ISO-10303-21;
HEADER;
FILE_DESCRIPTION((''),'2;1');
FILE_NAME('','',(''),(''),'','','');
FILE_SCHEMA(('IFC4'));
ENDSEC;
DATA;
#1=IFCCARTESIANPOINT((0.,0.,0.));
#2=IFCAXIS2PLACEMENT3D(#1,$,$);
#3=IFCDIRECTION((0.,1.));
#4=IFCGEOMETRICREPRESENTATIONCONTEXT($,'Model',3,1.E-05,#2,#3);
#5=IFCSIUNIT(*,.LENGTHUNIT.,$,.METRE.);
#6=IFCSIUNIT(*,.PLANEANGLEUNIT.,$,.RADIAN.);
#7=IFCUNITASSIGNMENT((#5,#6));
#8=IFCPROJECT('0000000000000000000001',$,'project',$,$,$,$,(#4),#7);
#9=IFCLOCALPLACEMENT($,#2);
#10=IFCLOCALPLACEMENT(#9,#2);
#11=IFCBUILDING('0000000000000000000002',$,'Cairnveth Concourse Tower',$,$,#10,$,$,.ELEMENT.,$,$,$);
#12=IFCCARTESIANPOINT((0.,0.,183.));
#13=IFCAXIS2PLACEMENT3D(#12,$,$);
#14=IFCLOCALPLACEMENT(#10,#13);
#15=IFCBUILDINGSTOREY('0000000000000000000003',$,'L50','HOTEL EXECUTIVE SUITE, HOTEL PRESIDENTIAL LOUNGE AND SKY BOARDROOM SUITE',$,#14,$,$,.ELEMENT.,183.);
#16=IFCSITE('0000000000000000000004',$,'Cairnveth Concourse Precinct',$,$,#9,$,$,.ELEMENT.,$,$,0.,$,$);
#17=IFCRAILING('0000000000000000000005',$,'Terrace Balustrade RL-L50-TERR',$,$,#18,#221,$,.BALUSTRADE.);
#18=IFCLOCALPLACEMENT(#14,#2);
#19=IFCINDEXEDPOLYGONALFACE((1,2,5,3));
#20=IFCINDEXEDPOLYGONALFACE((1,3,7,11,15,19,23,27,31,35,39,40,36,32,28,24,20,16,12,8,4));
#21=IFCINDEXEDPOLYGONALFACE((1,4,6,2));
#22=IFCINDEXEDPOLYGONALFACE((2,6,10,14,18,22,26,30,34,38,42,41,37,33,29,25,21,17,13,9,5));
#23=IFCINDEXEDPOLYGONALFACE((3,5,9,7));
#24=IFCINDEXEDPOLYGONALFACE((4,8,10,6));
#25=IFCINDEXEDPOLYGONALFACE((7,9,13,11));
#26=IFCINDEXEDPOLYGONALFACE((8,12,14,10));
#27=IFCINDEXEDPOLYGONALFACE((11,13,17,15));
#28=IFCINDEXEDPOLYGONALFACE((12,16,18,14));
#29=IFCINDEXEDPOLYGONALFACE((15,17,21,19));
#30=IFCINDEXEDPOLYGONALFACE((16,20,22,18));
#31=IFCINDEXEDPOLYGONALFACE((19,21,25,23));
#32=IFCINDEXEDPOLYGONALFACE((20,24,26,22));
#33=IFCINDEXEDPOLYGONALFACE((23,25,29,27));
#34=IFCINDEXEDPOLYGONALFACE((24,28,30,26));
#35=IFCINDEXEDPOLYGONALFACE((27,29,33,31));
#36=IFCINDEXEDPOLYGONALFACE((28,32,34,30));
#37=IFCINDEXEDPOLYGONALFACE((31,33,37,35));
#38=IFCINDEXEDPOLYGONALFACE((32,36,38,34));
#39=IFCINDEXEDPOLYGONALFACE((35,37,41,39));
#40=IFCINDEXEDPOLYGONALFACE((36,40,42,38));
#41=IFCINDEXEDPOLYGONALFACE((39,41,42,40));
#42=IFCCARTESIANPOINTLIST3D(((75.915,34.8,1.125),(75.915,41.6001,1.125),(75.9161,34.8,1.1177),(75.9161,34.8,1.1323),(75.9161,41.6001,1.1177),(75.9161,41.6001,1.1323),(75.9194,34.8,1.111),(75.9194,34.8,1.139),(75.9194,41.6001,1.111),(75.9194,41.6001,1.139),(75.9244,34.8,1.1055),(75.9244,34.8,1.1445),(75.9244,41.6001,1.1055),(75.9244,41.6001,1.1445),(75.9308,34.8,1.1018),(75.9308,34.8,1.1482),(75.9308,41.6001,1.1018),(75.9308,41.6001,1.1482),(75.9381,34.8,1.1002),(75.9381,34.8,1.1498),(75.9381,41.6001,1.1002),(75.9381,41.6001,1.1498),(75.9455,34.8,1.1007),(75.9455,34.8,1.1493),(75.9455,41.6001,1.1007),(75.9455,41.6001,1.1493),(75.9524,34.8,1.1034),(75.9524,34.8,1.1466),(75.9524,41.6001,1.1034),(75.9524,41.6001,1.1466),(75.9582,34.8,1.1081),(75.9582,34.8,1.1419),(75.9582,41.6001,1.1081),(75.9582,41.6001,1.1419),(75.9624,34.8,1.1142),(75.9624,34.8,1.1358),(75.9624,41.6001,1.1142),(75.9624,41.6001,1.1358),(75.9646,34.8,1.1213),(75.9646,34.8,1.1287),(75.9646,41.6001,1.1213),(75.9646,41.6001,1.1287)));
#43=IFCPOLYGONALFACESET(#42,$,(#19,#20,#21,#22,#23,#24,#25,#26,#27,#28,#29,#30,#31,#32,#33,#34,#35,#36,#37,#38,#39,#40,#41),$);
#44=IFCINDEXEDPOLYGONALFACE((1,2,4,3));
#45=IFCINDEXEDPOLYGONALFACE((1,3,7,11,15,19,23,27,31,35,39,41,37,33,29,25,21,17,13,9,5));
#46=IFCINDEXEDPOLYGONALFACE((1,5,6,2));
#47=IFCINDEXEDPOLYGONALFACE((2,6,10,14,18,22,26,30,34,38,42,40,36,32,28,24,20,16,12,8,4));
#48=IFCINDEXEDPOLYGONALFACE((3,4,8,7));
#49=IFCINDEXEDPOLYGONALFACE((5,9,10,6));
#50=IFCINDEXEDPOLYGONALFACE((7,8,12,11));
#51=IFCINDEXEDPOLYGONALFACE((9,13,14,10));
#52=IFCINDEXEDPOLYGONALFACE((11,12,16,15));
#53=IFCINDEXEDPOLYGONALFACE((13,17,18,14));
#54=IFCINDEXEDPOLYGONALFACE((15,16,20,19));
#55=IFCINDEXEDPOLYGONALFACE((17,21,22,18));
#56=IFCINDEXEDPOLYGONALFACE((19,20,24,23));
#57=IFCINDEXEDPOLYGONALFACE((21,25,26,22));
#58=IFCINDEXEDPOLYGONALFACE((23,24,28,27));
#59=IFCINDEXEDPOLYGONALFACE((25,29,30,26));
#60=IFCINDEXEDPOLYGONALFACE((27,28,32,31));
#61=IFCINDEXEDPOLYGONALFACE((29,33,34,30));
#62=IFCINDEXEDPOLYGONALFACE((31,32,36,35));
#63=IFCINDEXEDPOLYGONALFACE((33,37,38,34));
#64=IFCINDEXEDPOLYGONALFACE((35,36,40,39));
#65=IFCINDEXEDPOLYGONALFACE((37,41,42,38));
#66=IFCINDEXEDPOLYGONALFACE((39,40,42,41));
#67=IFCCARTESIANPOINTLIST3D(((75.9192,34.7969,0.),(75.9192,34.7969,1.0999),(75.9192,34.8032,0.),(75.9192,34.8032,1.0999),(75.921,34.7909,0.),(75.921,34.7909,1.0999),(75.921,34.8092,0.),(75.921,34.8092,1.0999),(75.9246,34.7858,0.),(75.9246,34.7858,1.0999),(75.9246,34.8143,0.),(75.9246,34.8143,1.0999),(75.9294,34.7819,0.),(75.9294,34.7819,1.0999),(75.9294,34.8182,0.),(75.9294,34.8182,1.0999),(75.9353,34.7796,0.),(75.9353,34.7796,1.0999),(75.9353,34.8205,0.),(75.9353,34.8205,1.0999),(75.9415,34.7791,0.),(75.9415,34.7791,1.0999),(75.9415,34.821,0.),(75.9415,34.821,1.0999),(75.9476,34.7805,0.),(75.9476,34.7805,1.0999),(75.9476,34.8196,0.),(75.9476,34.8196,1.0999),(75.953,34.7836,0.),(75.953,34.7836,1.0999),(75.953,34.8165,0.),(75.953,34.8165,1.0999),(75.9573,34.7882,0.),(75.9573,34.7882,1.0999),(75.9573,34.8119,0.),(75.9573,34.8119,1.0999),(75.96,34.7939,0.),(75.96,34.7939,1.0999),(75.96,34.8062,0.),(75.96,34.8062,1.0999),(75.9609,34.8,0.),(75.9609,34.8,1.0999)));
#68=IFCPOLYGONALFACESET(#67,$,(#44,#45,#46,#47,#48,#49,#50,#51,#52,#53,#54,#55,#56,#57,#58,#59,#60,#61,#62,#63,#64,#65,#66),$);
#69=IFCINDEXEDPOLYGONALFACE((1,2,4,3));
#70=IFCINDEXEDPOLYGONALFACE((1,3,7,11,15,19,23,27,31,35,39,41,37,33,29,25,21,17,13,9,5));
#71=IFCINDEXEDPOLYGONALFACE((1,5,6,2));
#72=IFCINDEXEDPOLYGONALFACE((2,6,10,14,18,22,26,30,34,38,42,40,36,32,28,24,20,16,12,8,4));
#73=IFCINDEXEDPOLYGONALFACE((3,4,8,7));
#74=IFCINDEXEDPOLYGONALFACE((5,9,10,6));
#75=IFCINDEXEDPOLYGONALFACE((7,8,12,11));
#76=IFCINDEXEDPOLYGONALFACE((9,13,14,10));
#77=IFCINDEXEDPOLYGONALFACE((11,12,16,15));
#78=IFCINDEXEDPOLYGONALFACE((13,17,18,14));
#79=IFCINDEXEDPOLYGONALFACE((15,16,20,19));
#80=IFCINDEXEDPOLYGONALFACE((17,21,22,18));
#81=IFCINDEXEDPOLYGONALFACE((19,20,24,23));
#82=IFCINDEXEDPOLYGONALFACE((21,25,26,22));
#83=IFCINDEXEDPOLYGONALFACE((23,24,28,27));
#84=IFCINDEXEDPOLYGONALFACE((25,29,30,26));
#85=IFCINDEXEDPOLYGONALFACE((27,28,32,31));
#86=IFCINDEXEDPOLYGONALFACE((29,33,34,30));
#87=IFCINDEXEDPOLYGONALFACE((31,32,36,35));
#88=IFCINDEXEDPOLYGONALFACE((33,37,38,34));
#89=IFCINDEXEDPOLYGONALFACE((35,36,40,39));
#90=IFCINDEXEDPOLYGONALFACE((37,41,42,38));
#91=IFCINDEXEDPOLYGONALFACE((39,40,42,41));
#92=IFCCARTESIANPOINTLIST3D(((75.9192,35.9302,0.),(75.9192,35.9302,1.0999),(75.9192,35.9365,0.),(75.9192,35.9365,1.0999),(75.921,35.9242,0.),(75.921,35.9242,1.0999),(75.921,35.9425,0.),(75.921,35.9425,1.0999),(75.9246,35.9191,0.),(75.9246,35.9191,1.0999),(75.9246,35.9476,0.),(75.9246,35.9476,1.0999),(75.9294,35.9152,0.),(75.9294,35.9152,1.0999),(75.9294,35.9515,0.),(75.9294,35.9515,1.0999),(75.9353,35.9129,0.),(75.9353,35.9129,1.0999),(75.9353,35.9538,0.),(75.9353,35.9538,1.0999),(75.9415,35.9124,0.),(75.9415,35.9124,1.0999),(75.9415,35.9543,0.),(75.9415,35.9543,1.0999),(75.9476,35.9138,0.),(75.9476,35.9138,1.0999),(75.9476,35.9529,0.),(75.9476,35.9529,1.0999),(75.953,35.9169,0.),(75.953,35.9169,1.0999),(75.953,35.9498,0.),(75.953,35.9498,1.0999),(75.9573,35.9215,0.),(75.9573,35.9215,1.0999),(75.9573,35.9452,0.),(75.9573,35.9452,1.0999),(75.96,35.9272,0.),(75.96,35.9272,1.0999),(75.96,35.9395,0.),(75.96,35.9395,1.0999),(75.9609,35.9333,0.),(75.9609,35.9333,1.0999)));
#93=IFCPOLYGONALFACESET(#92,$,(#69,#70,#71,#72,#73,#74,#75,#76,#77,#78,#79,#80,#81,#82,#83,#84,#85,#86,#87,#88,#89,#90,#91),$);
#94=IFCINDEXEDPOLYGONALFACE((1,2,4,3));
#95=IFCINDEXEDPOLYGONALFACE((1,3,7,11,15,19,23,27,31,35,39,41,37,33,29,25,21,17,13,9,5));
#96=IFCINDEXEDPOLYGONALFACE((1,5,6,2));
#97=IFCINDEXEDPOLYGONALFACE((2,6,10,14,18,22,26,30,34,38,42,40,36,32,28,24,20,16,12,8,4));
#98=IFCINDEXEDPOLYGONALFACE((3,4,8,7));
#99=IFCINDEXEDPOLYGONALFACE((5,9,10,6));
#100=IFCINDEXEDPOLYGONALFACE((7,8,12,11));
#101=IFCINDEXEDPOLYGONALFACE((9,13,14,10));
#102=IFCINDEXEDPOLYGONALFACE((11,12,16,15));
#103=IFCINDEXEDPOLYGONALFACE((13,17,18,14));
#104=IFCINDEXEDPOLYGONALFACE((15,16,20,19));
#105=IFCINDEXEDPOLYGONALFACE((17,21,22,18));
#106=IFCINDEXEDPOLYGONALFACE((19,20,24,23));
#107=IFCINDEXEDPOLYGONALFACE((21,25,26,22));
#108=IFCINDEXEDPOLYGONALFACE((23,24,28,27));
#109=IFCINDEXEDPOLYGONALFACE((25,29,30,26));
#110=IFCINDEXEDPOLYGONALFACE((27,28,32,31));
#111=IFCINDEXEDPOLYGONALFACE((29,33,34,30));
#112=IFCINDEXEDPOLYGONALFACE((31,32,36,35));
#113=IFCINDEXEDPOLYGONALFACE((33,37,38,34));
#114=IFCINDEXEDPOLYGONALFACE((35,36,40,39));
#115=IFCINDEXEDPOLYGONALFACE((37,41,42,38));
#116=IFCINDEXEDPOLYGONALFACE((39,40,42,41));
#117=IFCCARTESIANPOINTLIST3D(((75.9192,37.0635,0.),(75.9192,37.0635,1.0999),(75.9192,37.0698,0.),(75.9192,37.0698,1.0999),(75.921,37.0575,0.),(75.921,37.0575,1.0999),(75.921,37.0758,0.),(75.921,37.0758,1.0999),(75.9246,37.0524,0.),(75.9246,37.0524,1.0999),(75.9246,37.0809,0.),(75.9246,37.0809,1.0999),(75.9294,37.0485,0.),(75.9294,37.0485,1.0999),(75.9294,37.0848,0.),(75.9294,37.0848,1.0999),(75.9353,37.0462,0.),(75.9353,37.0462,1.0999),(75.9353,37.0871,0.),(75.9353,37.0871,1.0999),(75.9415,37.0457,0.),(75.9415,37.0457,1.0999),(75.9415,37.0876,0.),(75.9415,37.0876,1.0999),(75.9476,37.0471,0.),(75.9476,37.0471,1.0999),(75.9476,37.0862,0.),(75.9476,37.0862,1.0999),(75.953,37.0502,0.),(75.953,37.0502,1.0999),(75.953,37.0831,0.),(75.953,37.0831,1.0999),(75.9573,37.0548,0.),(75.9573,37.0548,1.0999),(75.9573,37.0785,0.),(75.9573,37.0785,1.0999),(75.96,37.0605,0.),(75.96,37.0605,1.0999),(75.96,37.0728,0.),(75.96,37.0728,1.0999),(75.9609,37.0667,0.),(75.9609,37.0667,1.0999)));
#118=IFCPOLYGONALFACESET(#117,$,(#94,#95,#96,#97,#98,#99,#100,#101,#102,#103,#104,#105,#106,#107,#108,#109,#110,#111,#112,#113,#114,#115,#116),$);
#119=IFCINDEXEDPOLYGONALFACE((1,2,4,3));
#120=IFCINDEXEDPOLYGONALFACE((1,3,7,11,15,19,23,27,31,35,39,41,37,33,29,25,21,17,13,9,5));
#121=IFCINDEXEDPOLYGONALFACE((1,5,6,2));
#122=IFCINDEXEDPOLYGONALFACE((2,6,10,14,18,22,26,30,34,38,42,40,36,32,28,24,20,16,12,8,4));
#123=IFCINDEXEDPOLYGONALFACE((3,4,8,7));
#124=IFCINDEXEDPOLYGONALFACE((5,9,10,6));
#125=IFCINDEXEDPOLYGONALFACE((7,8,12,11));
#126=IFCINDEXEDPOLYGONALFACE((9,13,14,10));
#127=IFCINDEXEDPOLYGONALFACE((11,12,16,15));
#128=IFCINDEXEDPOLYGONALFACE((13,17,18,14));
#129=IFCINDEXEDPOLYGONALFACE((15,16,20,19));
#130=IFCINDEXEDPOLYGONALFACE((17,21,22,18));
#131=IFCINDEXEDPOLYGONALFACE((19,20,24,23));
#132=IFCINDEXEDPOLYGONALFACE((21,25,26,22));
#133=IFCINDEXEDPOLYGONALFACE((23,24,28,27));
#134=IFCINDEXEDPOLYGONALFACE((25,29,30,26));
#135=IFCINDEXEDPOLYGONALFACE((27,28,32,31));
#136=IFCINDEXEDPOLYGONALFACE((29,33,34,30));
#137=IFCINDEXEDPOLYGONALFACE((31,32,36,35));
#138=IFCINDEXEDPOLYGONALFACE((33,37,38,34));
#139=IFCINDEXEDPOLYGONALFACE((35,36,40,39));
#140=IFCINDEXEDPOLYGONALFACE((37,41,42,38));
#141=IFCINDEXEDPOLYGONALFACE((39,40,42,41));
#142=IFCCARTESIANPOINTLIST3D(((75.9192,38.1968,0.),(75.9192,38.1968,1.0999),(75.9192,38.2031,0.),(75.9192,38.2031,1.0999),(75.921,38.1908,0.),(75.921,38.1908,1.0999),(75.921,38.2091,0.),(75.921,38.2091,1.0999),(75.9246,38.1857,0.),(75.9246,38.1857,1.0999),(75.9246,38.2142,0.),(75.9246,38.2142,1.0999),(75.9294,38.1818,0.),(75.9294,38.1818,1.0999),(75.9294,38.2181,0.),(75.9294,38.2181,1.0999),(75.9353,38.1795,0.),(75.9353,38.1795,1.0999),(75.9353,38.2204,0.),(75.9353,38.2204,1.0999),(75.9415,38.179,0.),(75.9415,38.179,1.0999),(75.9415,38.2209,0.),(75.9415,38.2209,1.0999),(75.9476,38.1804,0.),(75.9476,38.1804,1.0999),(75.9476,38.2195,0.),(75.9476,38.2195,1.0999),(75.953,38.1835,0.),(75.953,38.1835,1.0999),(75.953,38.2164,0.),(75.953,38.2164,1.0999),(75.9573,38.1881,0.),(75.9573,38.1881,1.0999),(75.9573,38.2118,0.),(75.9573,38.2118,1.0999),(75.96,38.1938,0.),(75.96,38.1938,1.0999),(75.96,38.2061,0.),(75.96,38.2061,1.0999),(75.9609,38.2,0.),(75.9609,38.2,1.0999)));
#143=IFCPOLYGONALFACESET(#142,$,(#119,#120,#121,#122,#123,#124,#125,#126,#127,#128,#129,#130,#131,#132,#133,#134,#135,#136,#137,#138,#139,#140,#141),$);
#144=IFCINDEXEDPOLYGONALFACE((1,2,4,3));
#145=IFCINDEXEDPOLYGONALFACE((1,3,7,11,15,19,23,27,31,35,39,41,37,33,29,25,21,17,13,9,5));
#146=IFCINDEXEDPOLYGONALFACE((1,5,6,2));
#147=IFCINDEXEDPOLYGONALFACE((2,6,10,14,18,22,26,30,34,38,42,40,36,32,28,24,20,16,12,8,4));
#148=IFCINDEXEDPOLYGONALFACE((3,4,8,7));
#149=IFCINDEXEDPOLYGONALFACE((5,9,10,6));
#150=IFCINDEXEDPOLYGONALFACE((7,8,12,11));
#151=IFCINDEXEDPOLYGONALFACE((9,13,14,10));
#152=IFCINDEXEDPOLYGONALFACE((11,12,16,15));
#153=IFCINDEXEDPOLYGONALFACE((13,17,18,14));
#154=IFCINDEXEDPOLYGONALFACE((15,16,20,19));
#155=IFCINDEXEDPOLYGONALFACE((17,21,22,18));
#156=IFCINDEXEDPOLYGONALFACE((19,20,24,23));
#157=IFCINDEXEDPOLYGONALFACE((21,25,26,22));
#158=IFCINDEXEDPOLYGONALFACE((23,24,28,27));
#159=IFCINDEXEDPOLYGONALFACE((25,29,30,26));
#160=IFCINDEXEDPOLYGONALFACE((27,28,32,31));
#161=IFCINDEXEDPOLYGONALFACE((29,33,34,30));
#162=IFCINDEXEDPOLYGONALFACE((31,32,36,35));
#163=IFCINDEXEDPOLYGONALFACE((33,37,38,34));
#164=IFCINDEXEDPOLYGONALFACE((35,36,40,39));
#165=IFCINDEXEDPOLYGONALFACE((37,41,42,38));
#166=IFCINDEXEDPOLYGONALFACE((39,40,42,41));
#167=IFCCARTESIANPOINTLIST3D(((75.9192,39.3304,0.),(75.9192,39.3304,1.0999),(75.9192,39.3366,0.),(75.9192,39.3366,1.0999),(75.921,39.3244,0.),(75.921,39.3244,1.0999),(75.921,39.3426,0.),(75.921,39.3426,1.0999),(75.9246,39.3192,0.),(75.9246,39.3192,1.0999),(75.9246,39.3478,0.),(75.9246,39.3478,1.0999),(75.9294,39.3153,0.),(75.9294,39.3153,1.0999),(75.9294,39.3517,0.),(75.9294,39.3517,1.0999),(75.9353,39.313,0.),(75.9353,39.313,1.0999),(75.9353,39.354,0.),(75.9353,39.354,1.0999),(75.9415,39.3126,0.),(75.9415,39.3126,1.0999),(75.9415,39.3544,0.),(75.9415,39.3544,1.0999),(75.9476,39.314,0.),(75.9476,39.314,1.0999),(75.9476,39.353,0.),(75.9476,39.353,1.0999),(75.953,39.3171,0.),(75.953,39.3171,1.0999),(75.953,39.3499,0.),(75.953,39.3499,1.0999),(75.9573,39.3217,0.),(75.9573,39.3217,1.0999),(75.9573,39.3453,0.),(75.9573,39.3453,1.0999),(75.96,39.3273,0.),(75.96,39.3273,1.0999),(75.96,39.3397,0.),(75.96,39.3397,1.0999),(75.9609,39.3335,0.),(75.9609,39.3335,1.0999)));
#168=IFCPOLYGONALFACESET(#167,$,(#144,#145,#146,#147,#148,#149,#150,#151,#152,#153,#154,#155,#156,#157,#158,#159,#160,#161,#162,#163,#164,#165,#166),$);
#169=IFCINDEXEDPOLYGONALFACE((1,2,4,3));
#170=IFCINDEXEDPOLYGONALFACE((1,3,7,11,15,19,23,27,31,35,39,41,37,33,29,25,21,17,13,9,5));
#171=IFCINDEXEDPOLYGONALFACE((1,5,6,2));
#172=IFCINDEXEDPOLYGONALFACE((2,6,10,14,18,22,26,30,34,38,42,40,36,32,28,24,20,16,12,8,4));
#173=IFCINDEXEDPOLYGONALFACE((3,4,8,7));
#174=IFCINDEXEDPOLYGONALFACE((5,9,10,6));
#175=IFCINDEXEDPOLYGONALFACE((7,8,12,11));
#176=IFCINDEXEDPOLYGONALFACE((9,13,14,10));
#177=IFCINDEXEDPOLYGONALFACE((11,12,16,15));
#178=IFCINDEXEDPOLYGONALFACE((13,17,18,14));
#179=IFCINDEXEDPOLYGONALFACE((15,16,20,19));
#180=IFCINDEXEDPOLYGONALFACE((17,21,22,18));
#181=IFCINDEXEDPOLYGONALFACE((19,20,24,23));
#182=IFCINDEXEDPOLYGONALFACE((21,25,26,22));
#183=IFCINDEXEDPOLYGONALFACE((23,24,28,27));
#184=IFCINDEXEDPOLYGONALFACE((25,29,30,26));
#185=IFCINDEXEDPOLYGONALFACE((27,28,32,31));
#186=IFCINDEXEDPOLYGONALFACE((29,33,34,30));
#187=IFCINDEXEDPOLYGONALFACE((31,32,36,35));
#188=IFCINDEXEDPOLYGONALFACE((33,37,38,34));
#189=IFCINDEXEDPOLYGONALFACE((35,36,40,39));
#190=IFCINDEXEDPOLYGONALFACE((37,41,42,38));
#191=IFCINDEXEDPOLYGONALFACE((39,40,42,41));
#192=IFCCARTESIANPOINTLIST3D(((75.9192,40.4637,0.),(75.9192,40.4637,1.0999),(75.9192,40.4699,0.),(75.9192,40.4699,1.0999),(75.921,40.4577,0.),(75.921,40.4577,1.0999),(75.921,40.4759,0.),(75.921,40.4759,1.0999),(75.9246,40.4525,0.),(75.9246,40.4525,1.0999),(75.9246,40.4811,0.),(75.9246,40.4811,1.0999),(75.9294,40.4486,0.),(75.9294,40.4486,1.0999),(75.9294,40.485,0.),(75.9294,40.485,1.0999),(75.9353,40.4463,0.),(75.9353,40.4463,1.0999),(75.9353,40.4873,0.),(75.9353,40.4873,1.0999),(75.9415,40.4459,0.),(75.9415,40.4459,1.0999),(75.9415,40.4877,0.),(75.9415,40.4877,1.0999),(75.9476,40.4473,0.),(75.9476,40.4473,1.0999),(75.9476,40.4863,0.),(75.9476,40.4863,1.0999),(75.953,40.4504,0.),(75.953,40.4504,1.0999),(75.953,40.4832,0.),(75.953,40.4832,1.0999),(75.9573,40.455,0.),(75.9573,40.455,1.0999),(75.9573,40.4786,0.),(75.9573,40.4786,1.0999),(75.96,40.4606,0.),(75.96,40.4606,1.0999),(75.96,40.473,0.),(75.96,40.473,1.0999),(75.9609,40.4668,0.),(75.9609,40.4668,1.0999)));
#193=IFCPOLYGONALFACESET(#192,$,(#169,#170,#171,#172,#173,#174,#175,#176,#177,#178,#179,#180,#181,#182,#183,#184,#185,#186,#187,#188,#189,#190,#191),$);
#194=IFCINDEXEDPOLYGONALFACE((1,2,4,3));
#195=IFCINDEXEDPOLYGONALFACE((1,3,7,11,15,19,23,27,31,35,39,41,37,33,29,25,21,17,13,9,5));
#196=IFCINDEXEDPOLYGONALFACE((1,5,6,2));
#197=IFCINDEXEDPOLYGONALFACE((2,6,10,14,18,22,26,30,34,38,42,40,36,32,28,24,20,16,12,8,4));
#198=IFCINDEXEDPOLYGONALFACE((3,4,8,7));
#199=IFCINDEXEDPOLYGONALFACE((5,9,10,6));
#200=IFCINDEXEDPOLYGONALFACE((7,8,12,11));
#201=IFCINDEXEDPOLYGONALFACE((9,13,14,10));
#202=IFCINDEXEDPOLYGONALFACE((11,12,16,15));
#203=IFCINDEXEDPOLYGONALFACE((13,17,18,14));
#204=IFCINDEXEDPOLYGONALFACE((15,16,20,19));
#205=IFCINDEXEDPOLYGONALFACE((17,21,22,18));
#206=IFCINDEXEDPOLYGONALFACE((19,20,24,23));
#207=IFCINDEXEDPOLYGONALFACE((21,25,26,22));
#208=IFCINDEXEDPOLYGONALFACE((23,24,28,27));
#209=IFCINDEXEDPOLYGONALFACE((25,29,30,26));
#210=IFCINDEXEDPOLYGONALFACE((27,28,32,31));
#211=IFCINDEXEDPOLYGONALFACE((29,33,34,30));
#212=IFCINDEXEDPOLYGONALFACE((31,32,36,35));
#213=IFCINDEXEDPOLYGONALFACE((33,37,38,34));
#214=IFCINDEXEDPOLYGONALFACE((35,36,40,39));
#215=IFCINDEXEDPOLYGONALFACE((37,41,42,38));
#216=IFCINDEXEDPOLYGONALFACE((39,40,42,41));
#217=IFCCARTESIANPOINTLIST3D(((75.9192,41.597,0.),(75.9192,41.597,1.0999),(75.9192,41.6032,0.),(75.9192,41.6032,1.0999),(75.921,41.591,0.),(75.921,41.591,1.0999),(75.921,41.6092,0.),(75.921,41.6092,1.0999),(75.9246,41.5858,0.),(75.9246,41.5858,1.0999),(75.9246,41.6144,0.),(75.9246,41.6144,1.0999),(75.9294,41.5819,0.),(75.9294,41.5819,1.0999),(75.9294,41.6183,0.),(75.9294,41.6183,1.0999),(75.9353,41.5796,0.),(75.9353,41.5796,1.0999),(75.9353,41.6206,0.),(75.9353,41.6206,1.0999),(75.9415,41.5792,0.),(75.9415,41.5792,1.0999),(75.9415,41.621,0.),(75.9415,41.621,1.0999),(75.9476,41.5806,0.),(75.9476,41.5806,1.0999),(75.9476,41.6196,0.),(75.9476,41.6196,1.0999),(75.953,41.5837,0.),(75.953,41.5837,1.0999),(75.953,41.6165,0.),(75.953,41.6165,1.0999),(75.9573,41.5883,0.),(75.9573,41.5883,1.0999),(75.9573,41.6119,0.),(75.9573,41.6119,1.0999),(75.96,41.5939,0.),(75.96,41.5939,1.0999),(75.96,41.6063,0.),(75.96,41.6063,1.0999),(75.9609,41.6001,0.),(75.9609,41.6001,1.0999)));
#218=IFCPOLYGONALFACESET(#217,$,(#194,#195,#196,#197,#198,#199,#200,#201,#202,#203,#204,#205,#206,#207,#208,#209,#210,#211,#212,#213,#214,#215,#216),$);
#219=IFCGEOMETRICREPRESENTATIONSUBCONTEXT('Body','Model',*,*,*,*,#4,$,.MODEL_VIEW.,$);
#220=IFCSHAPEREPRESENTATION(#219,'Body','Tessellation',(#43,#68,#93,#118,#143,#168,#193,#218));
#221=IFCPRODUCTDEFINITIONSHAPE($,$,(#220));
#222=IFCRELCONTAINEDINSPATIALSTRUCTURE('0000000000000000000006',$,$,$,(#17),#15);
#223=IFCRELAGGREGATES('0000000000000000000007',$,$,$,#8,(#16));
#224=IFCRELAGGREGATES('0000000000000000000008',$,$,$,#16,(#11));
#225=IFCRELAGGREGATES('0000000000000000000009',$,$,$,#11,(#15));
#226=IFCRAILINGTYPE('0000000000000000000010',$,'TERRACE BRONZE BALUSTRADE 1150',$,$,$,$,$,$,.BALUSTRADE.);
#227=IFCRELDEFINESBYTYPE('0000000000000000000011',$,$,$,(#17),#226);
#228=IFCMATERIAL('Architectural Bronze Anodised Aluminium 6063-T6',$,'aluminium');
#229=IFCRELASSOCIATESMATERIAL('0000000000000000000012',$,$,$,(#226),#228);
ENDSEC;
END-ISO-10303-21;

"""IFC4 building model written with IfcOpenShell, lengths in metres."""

from ifc_helpers import new_model, si_unit, direction, frame, origin, origin_2d, place, context, subcontext, project, spatial, circle, extrude, material, type_object, element, save


model = new_model("IFC4")

# Units and contexts
model_context = context("Model", 3, precision=1e-05, world=origin(), true_north=direction((0.0, 1.0)))
body_context = subcontext(model_context, "Body", "Model", "MODEL_VIEW")
ifc_project = project(units=[si_unit("LENGTHUNIT", "METRE"), si_unit("PLANEANGLEUNIT", "RADIAN")], contexts=[model_context])

# Site, building, storey
site_placement = place(None, origin())
site = spatial("IfcSite", under=ifc_project, at=site_placement, Name="Cairnveth Concourse Precinct", CompositionType="ELEMENT", RefElevation=0.0)
building_placement = place(site_placement, origin())
building = spatial("IfcBuilding", under=site, at=building_placement, Name="Cairnveth Concourse Tower", CompositionType="ELEMENT")
storey_placement = place(building_placement, frame((0.0, 0.0, 183.0)))
storey = spatial("IfcBuildingStorey", under=building, at=storey_placement, Name="L50", Description="HOTEL EXECUTIVE SUITE, HOTEL PRESIDENTIAL LOUNGE AND SKY BOARDROOM SUITE", CompositionType="ELEMENT", Elevation=183.0)

# Shared definitions
ifc_material_1 = material(Name="Architectural Bronze Anodised Aluminium 6063-T6", Category="aluminium")

# Railing
railing_type = type_object("IfcRailingType", Name="TERRACE BRONZE BALUSTRADE 1150", PredefinedType="BALUSTRADE", material=ifc_material_1)
railing_placement = place(storey_placement, frame((75.9399, 34.8, 0.0)))
element("IfcRailing", 1, at=railing_placement, inside=storey, type_object=railing_type, Name="Terrace Balustrade RL-L50-TERR", PredefinedType="BALUSTRADE", context=body_context, shape_type="SweptSolid", body=[
    extrude(circle(Radius=0.0249, at=origin_2d()), frame((0.0, 0.0, 1.125), z_axis=(0.0, 1.0, 0.0), x_axis=(-1.0, 0.0, 0.0)), (0.0, 0.0, 1.0), 6.8),
    extrude(circle(Radius=0.021, at=origin_2d()), origin(), (0.0, 0.0, 1.0), 1.0999),
    extrude(circle(Radius=0.021, at=origin_2d()), frame((0.0, 1.1333, 0.0)), (0.0, 0.0, 1.0), 1.0999),
    extrude(circle(Radius=0.021, at=origin_2d()), frame((0.0, 2.2666, 0.0)), (0.0, 0.0, 1.0), 1.0999),
    extrude(circle(Radius=0.021, at=origin_2d()), frame((0.0, 3.3999, 0.0)), (0.0, 0.0, 1.0), 1.0999),
    extrude(circle(Radius=0.021, at=origin_2d()), frame((0.0, 4.5334, 0.0)), (0.0, 0.0, 1.0), 1.0999),
    extrude(circle(Radius=0.021, at=origin_2d()), frame((0.0, 5.6667, 0.0)), (0.0, 0.0, 1.0), 1.0999),
    extrude(circle(Radius=0.021, at=origin_2d()), frame((0.0, 6.8, 0.0)), (0.0, 0.0, 1.0), 1.0999),
])

save(model, "model.ifc")
